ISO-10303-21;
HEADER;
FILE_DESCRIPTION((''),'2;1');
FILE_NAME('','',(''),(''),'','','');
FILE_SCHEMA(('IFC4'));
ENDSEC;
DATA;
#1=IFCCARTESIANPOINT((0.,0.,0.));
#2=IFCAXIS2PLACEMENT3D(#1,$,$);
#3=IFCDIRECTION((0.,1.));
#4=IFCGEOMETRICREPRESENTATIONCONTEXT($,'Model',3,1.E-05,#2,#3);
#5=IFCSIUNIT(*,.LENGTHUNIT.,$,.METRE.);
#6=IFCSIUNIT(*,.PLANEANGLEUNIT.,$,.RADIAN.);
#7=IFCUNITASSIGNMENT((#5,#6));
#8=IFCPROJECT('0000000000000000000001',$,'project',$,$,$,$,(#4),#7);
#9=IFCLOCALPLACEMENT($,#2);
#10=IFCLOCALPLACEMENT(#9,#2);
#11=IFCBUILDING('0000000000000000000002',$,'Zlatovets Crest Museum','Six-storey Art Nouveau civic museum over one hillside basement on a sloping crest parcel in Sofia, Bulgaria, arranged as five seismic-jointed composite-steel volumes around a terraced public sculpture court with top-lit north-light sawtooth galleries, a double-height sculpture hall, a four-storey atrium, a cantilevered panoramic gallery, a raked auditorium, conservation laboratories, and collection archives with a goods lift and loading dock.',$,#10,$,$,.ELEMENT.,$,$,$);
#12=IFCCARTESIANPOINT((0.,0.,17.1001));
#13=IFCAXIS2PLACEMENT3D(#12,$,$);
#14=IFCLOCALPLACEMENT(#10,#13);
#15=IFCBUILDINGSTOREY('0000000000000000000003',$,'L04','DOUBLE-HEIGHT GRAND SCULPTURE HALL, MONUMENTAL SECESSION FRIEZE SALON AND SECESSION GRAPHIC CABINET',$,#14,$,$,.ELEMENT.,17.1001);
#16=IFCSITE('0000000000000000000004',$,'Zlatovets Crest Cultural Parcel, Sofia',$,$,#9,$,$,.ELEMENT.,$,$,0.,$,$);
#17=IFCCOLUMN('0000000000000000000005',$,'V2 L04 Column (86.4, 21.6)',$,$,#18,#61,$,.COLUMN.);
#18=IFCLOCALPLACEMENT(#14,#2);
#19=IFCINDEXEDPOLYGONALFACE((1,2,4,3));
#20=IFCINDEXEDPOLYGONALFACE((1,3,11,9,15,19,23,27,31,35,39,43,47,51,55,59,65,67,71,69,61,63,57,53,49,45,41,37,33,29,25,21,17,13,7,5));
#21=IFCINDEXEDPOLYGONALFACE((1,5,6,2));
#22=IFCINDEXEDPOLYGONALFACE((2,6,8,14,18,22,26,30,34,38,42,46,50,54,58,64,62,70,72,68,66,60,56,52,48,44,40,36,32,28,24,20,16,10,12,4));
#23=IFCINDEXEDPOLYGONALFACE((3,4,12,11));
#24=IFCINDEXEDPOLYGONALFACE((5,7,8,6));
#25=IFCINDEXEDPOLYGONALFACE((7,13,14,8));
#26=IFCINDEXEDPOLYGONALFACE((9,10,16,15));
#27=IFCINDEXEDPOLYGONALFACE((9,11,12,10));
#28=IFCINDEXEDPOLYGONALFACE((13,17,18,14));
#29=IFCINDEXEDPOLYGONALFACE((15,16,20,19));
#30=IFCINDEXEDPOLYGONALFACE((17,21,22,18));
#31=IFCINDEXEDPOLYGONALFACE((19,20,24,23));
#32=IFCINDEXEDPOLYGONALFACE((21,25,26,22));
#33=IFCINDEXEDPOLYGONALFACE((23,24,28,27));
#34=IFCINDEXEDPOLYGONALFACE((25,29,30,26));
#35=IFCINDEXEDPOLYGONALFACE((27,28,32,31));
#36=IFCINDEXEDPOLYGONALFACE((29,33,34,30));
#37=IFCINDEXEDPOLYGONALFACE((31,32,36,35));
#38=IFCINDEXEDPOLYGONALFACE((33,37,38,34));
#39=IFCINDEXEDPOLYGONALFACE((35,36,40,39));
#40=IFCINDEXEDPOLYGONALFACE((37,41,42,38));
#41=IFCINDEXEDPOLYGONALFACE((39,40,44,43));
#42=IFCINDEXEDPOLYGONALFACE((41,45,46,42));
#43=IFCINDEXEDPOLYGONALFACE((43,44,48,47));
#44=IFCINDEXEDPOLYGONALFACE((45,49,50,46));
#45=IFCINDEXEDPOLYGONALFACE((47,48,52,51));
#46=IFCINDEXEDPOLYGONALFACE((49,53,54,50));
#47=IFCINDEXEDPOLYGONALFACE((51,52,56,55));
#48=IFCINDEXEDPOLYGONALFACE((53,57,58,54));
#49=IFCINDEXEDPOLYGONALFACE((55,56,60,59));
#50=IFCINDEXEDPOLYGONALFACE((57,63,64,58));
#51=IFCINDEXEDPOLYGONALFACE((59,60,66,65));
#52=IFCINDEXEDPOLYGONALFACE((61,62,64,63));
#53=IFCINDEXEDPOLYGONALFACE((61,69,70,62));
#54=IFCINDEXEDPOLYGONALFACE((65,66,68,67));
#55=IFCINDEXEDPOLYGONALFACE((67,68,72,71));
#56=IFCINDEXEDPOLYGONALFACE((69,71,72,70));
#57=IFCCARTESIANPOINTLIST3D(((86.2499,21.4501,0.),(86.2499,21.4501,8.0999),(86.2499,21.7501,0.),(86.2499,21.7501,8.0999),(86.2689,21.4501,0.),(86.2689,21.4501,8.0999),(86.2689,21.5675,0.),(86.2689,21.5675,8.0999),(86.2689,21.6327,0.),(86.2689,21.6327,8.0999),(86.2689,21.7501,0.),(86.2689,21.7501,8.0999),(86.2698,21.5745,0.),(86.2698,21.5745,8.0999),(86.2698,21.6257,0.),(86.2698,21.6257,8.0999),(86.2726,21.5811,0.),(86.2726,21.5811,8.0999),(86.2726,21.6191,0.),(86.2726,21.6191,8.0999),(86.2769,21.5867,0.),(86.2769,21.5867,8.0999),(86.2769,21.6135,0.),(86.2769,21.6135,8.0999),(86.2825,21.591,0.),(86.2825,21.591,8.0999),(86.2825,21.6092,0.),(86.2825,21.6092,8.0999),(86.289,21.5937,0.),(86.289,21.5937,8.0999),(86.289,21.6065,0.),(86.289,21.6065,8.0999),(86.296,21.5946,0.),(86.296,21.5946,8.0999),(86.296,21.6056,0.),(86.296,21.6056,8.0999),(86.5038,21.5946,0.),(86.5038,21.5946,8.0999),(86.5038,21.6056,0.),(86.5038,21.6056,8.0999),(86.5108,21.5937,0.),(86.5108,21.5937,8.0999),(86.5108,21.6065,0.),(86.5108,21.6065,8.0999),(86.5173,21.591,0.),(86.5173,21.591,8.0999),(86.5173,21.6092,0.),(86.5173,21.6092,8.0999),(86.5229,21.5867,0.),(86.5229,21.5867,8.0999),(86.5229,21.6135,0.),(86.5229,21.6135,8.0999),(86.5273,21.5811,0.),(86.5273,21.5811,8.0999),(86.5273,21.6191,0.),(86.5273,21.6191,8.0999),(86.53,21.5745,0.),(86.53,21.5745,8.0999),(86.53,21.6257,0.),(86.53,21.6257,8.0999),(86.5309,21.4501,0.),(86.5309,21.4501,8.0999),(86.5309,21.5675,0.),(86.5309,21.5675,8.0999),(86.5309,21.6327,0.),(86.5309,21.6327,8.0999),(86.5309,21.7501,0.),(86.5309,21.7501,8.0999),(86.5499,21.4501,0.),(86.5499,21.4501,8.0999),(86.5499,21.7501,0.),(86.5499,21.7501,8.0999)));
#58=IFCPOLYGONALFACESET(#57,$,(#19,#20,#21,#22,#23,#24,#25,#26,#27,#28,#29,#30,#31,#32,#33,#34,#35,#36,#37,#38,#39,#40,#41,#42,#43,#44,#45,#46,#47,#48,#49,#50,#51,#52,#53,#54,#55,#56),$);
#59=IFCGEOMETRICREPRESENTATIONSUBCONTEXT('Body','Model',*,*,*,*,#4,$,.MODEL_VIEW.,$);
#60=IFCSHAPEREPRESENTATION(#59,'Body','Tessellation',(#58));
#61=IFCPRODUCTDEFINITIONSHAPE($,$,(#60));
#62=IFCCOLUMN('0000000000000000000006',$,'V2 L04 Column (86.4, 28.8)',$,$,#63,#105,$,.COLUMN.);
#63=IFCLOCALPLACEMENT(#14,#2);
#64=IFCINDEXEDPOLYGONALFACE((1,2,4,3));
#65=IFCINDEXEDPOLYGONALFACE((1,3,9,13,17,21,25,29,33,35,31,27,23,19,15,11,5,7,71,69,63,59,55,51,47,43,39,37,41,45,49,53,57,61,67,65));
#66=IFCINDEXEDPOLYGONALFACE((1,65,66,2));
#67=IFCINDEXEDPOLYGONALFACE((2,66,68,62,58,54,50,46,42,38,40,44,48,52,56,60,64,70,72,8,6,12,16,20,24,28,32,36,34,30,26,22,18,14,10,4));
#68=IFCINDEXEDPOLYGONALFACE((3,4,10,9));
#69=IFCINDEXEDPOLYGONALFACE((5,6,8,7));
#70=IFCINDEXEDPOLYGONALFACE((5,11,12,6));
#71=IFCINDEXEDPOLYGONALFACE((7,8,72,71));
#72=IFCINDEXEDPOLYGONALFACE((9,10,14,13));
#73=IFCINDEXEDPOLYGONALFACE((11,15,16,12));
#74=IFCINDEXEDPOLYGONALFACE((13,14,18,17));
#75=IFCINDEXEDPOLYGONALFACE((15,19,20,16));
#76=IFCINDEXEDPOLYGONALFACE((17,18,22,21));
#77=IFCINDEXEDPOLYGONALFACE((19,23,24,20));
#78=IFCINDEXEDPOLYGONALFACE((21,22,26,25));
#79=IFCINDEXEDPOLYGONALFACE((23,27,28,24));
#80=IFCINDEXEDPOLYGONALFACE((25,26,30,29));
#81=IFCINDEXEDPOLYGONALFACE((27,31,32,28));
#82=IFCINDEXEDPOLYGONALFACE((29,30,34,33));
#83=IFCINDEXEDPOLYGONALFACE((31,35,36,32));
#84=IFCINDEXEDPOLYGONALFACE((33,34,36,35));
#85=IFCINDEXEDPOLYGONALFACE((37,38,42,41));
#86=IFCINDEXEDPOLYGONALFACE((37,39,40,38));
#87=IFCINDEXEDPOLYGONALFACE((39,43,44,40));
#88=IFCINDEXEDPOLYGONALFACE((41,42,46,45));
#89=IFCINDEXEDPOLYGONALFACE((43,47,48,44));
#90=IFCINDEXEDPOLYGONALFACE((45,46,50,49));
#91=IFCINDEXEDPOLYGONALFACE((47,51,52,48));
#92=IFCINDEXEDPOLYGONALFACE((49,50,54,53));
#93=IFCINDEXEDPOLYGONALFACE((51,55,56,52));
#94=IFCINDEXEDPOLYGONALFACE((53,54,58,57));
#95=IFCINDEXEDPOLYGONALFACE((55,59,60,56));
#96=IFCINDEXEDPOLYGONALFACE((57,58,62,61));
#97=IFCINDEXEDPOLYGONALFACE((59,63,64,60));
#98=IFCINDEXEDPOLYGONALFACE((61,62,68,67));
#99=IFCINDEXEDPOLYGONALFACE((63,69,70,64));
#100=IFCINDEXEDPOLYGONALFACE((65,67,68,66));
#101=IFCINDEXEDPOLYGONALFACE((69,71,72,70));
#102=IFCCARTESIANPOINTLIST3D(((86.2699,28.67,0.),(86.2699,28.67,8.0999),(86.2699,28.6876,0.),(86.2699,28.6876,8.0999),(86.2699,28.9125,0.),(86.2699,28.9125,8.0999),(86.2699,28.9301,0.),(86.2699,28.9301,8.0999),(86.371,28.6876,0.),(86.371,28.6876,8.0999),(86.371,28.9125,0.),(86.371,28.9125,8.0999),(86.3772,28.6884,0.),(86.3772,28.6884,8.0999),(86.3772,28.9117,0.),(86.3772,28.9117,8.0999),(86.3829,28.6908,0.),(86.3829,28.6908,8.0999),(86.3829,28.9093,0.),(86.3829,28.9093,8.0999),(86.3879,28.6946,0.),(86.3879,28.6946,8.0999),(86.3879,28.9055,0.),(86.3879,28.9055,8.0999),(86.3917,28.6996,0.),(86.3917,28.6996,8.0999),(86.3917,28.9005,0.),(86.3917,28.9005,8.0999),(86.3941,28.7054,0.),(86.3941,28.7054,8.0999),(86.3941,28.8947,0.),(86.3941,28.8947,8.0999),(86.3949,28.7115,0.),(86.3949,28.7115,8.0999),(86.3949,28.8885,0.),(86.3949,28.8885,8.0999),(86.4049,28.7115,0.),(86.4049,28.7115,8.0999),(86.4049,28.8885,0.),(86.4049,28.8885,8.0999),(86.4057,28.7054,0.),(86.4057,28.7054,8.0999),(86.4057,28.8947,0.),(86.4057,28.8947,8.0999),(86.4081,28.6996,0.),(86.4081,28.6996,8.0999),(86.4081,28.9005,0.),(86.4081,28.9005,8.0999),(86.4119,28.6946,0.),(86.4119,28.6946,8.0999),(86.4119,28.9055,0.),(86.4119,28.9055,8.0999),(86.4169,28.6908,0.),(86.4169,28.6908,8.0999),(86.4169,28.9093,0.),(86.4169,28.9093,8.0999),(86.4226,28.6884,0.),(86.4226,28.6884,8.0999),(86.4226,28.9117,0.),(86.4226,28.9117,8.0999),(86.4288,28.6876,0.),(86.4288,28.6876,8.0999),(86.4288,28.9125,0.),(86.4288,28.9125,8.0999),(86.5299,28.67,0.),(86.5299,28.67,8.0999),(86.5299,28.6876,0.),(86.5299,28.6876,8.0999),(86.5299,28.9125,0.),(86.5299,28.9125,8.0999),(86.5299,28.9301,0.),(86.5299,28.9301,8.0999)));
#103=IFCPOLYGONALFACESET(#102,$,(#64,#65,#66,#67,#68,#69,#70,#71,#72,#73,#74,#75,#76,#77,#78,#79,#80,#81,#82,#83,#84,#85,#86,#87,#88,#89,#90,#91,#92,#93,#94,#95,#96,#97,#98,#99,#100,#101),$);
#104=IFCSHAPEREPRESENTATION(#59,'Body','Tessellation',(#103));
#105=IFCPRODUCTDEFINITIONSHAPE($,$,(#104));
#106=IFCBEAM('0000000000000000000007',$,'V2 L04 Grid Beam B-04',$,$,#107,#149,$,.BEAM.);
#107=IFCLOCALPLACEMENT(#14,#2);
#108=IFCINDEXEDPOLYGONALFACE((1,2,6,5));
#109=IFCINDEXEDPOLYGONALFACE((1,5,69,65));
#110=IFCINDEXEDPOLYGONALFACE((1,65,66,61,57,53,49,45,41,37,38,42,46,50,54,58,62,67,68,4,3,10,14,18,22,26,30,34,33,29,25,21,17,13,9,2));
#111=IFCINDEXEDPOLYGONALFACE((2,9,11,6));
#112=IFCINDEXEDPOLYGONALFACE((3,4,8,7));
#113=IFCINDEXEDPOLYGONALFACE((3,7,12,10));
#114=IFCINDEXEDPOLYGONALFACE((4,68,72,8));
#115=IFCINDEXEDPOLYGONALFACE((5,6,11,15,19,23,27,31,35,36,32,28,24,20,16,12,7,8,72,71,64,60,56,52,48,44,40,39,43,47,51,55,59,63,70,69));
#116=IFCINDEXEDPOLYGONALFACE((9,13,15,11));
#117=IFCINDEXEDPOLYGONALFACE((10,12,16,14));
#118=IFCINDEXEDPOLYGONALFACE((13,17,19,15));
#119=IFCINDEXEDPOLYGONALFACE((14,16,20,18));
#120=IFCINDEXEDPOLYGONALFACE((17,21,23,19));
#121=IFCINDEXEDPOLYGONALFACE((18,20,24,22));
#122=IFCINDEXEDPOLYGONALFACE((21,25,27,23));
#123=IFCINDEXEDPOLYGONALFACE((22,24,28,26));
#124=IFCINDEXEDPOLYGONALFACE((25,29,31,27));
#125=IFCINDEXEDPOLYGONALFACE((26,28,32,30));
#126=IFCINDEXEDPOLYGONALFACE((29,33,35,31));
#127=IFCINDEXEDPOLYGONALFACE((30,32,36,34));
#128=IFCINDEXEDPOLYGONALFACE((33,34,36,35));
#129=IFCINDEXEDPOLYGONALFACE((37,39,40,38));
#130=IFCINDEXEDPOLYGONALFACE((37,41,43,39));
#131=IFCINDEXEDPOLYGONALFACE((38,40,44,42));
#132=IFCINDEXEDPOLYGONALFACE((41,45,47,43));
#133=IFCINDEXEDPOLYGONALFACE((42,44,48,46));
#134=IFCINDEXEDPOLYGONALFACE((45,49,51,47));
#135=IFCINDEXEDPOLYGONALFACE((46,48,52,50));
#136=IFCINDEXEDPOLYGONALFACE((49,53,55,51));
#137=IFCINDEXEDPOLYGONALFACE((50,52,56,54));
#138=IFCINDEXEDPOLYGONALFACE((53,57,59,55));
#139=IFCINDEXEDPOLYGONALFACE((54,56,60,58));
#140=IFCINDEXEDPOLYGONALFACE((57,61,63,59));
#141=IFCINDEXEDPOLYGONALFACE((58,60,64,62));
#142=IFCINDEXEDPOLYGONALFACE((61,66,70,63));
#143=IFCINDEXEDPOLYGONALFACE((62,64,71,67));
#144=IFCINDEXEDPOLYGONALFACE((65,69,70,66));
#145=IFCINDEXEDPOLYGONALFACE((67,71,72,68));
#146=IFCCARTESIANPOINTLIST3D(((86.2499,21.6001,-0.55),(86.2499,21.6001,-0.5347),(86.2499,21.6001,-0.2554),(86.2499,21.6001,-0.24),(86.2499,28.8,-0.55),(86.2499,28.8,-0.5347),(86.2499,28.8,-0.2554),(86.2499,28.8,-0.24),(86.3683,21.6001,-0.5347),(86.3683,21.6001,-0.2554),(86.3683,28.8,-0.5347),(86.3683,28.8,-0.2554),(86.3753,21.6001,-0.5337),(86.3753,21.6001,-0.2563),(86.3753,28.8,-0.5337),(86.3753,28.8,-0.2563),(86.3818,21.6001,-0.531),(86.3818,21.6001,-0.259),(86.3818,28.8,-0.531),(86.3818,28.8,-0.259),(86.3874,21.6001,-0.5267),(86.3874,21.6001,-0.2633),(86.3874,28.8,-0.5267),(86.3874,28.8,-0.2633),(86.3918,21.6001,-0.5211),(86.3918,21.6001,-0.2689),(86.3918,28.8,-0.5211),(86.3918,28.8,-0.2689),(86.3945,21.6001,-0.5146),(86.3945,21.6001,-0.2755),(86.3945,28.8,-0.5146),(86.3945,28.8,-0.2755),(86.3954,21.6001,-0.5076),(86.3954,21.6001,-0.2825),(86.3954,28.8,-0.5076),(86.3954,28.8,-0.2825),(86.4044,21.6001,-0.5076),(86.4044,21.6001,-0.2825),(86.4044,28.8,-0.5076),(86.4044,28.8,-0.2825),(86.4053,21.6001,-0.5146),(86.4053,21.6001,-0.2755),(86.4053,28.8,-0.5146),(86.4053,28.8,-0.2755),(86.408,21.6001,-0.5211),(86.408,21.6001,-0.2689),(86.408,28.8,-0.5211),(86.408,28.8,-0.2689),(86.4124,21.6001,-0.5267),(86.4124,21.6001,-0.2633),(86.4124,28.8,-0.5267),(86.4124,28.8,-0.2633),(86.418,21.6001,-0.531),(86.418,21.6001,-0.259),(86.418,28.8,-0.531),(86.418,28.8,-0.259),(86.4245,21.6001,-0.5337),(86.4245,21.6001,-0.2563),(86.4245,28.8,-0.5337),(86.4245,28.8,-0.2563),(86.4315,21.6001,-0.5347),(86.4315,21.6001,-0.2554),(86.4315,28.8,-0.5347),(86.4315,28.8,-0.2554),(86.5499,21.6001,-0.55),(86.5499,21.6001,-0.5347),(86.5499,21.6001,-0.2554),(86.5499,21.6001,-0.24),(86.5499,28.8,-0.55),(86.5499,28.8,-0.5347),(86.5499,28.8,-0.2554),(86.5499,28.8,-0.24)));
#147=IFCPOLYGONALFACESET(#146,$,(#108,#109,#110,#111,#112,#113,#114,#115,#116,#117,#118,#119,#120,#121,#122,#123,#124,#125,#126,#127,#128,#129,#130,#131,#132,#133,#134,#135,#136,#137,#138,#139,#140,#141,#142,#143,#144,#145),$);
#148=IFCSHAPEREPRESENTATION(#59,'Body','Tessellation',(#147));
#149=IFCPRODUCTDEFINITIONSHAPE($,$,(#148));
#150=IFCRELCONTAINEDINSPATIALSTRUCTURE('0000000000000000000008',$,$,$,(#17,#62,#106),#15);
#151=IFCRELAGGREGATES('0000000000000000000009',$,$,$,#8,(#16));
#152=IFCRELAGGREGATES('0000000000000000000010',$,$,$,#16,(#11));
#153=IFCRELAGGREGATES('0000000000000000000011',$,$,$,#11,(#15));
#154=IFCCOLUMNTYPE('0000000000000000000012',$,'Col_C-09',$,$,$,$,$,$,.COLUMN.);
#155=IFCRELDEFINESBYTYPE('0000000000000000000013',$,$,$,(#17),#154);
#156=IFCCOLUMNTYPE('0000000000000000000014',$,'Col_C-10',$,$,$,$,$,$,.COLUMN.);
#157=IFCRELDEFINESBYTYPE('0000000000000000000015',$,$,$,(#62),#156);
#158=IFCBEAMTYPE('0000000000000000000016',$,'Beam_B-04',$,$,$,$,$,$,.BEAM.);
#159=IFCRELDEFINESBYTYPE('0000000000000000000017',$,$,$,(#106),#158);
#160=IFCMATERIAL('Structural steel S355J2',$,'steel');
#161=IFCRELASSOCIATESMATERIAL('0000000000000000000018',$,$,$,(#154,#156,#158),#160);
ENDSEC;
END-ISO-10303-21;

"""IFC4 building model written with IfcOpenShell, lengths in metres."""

from ifc_helpers import new_model, si_unit, direction, frame, origin, origin_2d, place, context, subcontext, project, spatial, i_section, extrude, material, material_profile, profile_set, type_object, element, save


model = new_model("IFC4")

# Units and contexts
model_context = context("Model", 3, precision=1e-05, world=origin(), true_north=direction((0.0, 1.0)))
body_context = subcontext(model_context, "Body", "Model", "MODEL_VIEW")
ifc_project = project(units=[si_unit("LENGTHUNIT", "METRE"), si_unit("PLANEANGLEUNIT", "RADIAN")], contexts=[model_context])

# Site, building, storey
site_placement = place(None, origin())
site = spatial("IfcSite", under=ifc_project, at=site_placement, Name="Zlatovets Crest Cultural Parcel, Sofia", CompositionType="ELEMENT", RefElevation=0.0)
building_placement = place(site_placement, origin())
building = spatial("IfcBuilding", under=site, at=building_placement, Name="Zlatovets Crest Museum", Description="Six-storey Art Nouveau civic museum over one hillside basement on a sloping crest parcel in Sofia, Bulgaria, arranged as five seismic-jointed composite-steel volumes around a terraced public sculpture court with top-lit north-light sawtooth galleries, a double-height sculpture hall, a four-storey atrium, a cantilevered panoramic gallery, a raked auditorium, conservation laboratories, and collection archives with a goods lift and loading dock.", CompositionType="ELEMENT")
storey_placement = place(building_placement, frame((0.0, 0.0, 17.1001)))
storey = spatial("IfcBuildingStorey", under=building, at=storey_placement, Name="L04", Description="DOUBLE-HEIGHT GRAND SCULPTURE HALL, MONUMENTAL SECESSION FRIEZE SALON AND SECESSION GRAPHIC CABINET", CompositionType="ELEMENT", Elevation=17.1001)

# Columns
ifc_material_1 = material(Name="Structural steel S355J2", Category="steel")
ifc_material_profile_1 = material_profile(ifc_material_1, i_section(OverallWidth=0.3, OverallDepth=0.3, WebThickness=0.011, FlangeThickness=0.019, FilletRadius=0.0271, at=origin_2d()), Name="HEB 300")
ifc_profile_set_1 = profile_set([ifc_material_profile_1], Name="Structural steel S355J2")
column_type_1 = type_object("IfcColumnType", Name="Col_C-09", PredefinedType="COLUMN", material=ifc_profile_set_1)
column_1_placement = place(storey_placement, frame((86.3999, 21.6001, 0.0), z_axis=(0.0, 0.0, 1.0), x_axis=(0.0, 1.0, 0.0)))
element("IfcColumn", 1, at=column_1_placement, inside=storey, type_object=column_type_1, Name="V2 L04 Column (86.4, 21.6)", PredefinedType="COLUMN", context=body_context, shape_type="SweptSolid", body=[
    extrude(i_section(OverallWidth=0.3, OverallDepth=0.3, WebThickness=0.011, FlangeThickness=0.019, FilletRadius=0.0271, at=origin_2d()), origin(), (0.0, 0.0, 1.0), 8.0999),
])
ifc_material_profile_2 = material_profile(ifc_material_1, i_section(OverallWidth=0.26, OverallDepth=0.26, WebThickness=0.01, FlangeThickness=0.0176, FilletRadius=0.0239, at=origin_2d()), Name="HEB 260")
ifc_profile_set_2 = profile_set([ifc_material_profile_2], Name="Structural steel S355J2")
column_type_2 = type_object("IfcColumnType", Name="Col_C-10", PredefinedType="COLUMN", material=ifc_profile_set_2)
column_2_placement = place(storey_placement, frame((86.3999, 28.8, 0.0), z_axis=(0.0, 0.0, 1.0), x_axis=(1.0, 0.0, 0.0)))
element("IfcColumn", 2, at=column_2_placement, inside=storey, type_object=column_type_2, Name="V2 L04 Column (86.4, 28.8)", PredefinedType="COLUMN", context=body_context, shape_type="SweptSolid", body=[
    extrude(i_section(OverallWidth=0.26, OverallDepth=0.26, WebThickness=0.01, FlangeThickness=0.0176, FilletRadius=0.0239, at=origin_2d()), origin(), (0.0, 0.0, 1.0), 8.0999),
])

# Beam
ifc_material_profile_3 = material_profile(ifc_material_1, i_section(OverallWidth=0.3, OverallDepth=0.3101, WebThickness=0.009, FlangeThickness=0.0154, FilletRadius=0.0271, at=origin_2d()), Name="HEA 320")
ifc_profile_set_3 = profile_set([ifc_material_profile_3], Name="Structural steel S355J2")
beam_type_1 = type_object("IfcBeamType", Name="Beam_B-04", PredefinedType="BEAM", material=ifc_profile_set_3)
beam_placement = place(storey_placement, frame((86.3999, 21.6001, -0.395), z_axis=(0.0, 1.0, 0.0), x_axis=(-1.0, 0.0, 0.0)))
element("IfcBeam", 3, at=beam_placement, inside=storey, type_object=beam_type_1, Name="V2 L04 Grid Beam B-04", PredefinedType="BEAM", context=body_context, shape_type="SweptSolid", body=[
    extrude(i_section(OverallWidth=0.3, OverallDepth=0.3101, WebThickness=0.009, FlangeThickness=0.0154, FilletRadius=0.0271, at=origin_2d()), origin(), (0.0, 0.0, 1.0), 7.2),
])

save(model, "model.ifc")
